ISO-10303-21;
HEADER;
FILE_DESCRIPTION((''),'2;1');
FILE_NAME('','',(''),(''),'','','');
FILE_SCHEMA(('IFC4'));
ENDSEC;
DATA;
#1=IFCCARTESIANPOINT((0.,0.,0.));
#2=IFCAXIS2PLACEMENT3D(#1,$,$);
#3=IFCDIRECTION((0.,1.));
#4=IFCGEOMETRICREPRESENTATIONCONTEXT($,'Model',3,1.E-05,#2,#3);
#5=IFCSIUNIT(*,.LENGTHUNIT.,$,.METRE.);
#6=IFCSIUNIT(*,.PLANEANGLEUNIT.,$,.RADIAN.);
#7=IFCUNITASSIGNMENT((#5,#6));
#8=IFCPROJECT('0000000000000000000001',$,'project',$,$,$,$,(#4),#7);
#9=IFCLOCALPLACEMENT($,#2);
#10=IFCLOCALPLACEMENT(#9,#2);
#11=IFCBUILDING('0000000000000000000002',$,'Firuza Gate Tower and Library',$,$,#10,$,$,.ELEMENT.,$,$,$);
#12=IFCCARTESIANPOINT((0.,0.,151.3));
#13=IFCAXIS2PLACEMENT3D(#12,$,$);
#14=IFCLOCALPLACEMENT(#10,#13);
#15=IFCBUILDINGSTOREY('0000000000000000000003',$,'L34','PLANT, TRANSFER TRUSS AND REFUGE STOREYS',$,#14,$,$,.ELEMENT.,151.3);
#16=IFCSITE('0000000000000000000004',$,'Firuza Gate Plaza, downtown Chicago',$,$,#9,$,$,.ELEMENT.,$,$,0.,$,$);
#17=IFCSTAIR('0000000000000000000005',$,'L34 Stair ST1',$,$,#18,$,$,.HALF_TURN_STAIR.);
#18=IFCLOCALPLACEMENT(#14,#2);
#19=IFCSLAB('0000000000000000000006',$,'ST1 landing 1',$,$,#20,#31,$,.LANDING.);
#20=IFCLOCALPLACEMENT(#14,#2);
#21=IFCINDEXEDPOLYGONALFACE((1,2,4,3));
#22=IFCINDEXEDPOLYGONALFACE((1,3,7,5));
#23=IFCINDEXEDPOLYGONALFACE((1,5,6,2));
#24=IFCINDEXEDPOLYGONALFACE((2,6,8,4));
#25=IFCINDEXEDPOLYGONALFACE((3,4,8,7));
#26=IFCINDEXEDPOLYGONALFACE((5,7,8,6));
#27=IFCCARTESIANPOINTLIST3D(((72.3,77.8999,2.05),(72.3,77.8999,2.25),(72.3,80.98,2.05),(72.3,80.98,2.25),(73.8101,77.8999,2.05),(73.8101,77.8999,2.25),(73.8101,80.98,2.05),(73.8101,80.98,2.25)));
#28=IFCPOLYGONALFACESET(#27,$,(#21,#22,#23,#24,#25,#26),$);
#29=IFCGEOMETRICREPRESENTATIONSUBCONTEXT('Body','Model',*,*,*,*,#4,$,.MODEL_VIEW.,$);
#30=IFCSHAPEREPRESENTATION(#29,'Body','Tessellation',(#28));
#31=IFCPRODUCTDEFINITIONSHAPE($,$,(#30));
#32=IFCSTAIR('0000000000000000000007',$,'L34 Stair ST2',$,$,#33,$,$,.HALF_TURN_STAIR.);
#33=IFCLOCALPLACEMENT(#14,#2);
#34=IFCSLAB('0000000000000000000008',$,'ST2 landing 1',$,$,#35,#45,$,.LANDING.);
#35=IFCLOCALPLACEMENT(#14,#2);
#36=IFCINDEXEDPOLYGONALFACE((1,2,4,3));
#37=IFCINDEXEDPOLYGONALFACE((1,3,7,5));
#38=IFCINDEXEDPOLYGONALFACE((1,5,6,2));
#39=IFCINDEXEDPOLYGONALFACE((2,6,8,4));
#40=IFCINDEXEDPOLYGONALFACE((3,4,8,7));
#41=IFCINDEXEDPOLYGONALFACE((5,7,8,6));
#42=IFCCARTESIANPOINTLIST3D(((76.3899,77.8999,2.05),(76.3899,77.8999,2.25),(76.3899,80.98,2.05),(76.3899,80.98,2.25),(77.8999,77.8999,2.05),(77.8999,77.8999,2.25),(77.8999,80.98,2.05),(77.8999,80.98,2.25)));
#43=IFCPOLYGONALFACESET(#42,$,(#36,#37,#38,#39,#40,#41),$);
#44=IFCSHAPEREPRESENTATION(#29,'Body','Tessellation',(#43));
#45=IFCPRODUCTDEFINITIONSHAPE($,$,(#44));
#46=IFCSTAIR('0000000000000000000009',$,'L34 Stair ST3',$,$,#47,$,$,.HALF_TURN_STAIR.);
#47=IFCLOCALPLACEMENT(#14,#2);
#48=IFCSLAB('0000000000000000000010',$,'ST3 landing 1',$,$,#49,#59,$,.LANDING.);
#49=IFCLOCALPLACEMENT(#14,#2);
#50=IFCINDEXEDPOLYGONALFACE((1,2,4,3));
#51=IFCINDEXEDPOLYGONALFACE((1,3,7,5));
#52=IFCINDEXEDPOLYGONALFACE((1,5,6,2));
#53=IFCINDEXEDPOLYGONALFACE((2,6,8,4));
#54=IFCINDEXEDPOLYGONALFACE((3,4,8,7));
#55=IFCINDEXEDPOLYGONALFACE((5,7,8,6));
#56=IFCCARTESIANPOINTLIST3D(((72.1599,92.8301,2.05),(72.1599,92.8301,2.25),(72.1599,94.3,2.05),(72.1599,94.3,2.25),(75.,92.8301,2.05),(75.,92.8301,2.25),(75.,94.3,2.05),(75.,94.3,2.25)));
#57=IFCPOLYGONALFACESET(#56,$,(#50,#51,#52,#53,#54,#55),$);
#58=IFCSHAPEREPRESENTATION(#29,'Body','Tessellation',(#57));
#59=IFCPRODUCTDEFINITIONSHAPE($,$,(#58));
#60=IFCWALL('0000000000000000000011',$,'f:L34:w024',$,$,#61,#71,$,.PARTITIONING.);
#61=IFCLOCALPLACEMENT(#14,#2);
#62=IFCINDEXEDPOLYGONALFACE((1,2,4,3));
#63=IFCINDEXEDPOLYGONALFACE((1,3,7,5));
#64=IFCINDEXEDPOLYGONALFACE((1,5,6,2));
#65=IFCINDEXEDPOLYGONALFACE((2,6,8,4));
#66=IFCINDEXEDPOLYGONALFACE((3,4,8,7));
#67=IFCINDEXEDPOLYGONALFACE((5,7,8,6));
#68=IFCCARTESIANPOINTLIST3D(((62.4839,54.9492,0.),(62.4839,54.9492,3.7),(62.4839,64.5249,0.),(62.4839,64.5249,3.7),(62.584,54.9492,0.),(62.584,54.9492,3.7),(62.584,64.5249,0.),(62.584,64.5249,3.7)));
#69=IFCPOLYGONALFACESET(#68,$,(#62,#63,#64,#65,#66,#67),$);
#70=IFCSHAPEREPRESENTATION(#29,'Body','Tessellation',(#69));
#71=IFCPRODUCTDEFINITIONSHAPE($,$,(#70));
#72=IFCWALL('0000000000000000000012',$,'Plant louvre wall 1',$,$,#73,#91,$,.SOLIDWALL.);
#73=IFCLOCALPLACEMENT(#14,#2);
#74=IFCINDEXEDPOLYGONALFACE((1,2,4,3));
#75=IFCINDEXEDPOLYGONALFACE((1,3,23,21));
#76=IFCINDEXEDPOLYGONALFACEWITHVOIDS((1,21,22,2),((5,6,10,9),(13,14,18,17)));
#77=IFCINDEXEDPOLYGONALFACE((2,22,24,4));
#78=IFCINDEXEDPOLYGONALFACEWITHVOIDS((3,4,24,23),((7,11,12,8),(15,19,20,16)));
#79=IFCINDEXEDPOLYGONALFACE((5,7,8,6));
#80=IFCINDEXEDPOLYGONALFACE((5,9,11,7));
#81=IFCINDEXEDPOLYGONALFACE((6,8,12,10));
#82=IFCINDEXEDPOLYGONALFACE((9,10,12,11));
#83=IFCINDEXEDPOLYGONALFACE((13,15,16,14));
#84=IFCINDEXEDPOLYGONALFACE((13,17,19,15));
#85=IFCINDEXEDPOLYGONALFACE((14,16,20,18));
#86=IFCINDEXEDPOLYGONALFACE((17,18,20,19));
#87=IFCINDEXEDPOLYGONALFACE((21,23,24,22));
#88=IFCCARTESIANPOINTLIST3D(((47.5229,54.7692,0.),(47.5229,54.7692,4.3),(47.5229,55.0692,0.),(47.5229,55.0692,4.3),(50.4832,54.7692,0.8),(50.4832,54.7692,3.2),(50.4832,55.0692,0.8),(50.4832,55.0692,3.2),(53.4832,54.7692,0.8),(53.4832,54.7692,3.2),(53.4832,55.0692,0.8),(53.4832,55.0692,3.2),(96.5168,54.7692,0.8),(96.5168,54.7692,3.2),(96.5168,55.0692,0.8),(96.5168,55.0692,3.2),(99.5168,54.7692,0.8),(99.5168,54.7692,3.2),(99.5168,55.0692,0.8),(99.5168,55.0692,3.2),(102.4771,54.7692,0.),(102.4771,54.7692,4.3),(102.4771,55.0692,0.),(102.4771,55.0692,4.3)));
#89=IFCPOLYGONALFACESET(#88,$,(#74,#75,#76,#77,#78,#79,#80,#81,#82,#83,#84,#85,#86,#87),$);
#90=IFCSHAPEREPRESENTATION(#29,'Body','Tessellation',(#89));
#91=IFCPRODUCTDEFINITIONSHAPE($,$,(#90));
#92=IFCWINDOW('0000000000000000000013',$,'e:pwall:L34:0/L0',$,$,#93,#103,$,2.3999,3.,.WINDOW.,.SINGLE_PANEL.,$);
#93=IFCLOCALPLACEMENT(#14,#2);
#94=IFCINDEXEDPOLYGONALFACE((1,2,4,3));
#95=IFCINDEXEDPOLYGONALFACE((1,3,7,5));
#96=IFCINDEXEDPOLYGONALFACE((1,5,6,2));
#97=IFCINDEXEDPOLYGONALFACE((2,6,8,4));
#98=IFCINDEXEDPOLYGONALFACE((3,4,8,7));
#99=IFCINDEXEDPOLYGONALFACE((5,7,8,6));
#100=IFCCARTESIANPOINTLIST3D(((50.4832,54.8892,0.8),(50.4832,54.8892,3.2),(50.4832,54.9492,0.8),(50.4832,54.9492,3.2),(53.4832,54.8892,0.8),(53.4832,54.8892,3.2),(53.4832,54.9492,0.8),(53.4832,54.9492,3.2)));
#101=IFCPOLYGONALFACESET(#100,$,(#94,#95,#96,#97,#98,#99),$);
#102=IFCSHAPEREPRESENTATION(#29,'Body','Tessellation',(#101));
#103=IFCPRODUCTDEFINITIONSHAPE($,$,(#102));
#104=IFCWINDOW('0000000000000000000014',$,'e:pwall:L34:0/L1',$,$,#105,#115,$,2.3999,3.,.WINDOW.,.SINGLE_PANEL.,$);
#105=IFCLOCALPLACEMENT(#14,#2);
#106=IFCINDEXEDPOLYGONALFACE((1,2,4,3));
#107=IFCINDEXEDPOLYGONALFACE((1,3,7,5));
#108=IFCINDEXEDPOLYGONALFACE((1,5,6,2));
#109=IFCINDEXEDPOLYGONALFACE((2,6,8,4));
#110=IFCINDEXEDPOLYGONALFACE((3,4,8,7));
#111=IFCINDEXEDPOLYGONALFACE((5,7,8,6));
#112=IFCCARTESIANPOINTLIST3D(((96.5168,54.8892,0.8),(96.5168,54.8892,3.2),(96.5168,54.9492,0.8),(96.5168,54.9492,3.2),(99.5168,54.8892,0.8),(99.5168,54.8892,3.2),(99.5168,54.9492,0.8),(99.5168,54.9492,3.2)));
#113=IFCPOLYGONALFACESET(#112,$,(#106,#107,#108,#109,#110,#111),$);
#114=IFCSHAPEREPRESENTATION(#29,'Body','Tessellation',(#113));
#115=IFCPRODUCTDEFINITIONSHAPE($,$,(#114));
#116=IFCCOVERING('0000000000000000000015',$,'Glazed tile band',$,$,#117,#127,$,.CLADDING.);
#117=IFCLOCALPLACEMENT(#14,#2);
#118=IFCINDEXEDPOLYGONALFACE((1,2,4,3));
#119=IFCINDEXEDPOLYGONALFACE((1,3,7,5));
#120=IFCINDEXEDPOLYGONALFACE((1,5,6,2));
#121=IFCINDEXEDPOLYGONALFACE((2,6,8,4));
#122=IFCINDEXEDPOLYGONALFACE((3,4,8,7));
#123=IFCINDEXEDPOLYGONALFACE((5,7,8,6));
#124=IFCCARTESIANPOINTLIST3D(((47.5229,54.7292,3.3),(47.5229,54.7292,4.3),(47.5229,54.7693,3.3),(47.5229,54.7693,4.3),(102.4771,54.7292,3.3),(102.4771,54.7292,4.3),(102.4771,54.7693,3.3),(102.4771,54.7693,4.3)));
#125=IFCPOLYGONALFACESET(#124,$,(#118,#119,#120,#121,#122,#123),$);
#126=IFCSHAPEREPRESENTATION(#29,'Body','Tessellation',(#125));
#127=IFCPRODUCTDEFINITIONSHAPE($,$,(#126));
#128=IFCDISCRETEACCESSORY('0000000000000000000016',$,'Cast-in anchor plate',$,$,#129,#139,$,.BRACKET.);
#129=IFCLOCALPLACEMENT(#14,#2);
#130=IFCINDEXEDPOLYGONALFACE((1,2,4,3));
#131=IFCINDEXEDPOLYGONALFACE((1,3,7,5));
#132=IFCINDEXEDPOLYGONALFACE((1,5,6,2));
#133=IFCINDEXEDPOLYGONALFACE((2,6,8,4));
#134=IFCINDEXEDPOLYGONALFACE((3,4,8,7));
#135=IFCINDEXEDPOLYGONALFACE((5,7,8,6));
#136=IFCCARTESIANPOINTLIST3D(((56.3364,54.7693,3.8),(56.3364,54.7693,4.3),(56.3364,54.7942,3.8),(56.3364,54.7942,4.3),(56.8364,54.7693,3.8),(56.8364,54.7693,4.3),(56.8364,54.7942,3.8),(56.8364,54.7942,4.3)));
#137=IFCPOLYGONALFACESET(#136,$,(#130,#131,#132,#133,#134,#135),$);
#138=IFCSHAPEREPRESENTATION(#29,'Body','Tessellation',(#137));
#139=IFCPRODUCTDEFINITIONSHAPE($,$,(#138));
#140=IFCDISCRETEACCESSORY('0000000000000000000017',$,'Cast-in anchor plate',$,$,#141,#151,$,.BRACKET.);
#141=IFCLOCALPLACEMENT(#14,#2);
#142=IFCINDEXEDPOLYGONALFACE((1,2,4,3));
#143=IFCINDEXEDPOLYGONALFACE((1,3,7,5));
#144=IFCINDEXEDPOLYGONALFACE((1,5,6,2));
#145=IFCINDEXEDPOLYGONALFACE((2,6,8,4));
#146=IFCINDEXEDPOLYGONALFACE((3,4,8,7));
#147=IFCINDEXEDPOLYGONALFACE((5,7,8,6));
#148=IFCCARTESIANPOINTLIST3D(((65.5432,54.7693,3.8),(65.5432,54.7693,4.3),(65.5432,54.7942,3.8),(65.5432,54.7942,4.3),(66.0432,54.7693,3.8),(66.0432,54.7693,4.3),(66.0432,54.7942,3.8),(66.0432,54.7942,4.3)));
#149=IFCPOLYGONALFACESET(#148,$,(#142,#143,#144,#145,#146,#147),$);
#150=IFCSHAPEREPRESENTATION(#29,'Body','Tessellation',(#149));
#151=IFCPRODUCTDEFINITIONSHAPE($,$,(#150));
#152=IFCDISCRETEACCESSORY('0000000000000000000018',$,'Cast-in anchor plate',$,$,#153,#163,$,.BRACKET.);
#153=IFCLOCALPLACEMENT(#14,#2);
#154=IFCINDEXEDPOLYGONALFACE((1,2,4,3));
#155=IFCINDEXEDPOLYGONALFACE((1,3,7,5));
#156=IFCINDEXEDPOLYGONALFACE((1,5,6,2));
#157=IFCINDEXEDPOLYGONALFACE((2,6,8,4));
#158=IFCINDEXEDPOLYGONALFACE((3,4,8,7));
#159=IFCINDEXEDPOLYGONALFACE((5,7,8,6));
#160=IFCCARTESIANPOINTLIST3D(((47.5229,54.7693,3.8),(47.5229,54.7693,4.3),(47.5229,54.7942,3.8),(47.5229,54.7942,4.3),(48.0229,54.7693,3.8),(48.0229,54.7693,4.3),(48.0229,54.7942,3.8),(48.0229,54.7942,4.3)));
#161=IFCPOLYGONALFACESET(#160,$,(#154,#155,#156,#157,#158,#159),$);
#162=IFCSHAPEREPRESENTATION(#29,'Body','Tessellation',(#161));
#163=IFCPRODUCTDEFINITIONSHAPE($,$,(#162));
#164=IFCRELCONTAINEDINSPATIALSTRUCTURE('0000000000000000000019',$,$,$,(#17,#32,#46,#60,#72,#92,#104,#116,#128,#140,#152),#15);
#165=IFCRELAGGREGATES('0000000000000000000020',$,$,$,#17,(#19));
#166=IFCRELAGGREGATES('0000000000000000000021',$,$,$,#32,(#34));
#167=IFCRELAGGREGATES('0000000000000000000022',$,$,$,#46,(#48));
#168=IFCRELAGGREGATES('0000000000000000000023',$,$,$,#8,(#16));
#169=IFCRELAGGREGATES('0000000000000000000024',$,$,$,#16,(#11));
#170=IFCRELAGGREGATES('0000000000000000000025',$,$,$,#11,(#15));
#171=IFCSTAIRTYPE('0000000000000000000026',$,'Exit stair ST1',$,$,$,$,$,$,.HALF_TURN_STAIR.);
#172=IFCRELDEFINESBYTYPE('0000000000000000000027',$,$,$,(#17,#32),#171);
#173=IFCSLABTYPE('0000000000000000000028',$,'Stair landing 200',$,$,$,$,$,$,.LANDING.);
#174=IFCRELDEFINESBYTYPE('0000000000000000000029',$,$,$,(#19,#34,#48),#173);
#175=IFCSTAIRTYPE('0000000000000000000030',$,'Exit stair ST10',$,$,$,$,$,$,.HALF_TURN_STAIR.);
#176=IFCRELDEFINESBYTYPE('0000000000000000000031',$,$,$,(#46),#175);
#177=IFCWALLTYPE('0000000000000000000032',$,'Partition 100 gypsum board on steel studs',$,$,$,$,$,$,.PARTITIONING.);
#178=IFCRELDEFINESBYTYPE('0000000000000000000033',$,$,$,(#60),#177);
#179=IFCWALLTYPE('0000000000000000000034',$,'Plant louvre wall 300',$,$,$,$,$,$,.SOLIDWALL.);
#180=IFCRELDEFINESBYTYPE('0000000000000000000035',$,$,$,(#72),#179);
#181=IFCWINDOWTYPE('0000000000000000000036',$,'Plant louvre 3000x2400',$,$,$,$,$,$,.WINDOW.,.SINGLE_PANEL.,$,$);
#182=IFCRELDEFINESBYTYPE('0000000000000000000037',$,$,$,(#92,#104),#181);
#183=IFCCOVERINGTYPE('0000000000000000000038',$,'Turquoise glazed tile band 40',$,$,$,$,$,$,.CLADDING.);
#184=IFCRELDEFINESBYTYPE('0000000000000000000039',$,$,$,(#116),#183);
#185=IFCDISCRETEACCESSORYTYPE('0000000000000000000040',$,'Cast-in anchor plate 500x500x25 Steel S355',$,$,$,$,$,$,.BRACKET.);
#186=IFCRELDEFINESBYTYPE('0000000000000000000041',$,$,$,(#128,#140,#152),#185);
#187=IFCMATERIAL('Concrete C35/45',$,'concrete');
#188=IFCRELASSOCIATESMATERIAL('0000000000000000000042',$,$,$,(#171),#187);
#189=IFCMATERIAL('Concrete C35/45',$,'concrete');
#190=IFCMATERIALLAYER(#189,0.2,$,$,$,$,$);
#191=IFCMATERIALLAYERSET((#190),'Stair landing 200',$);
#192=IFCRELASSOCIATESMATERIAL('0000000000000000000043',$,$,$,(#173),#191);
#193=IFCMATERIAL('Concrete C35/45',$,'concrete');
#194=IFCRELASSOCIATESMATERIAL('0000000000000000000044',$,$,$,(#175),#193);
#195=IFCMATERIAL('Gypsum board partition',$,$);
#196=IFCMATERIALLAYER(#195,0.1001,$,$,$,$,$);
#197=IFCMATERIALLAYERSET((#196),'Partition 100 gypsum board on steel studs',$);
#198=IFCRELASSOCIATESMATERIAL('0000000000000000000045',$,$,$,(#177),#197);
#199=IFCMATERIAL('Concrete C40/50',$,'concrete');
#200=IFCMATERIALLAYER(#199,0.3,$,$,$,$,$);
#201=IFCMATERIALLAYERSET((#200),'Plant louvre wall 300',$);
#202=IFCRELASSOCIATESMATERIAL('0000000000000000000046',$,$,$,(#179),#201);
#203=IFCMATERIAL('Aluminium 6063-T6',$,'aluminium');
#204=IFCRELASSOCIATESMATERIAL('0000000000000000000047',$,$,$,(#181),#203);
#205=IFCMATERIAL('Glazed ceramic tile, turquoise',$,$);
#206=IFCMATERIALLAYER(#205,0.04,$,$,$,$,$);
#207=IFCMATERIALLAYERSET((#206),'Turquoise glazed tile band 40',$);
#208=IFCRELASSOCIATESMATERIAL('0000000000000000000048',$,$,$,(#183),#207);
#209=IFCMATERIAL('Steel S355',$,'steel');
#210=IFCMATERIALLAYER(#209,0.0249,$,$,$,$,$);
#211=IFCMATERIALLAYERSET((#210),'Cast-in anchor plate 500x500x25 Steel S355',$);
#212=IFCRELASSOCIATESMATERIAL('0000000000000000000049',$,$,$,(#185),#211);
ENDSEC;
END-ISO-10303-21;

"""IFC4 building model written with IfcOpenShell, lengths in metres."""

from ifc_helpers import new_model, si_unit, direction, frame, frame_2d, origin, origin_2d, place, context, subcontext, project, spatial, polyline, rectangle, outline, extrude, material, layer, layer_set, type_object, element, fill, aggregate, save


model = new_model("IFC4")

# Units and contexts
model_context = context("Model", 3, precision=1e-05, world=origin(), true_north=direction((0.0, 1.0)))
body_context = subcontext(model_context, "Body", "Model", "MODEL_VIEW")
ifc_project = project(units=[si_unit("LENGTHUNIT", "METRE"), si_unit("PLANEANGLEUNIT", "RADIAN")], contexts=[model_context])

# Site, building, storey
site_placement = place(None, origin())
site = spatial("IfcSite", under=ifc_project, at=site_placement, Name="Firuza Gate Plaza, downtown Chicago", CompositionType="ELEMENT", RefElevation=0.0)
building_placement = place(site_placement, origin())
building = spatial("IfcBuilding", under=site, at=building_placement, Name="Firuza Gate Tower and Library", CompositionType="ELEMENT")
storey_placement = place(building_placement, frame((0.0, 0.0, 151.3)))
storey = spatial("IfcBuildingStorey", under=building, at=storey_placement, Name="L34", Description="PLANT, TRANSFER TRUSS AND REFUGE STOREYS", CompositionType="ELEMENT", Elevation=151.3)

# Stairs, slabs
ifc_material_1 = material(Name="Concrete C35/45", Category="concrete")
stair_type_1 = type_object("IfcStairType", Name="Exit stair ST1", PredefinedType="HALF_TURN_STAIR", material=ifc_material_1)
placement_1 = place(storey_placement, origin())
stair_1 = element("IfcStair", 1, at=placement_1, inside=storey, type_object=stair_type_1, Name="L34 Stair ST1", PredefinedType="HALF_TURN_STAIR")
ifc_material_2 = material(Name="Concrete C35/45", Category="concrete")
ifc_layer_1 = layer(ifc_material_2, 0.2)
ifc_layer_set_1 = layer_set([ifc_layer_1], Name="Stair landing 200")
slab_type_1 = type_object("IfcSlabType", Name="Stair landing 200", PredefinedType="LANDING", material=ifc_layer_set_1)
placement_2 = place(storey_placement, frame((0.0, 0.0, 2.05)))
slab_1 = element("IfcSlab", 2, at=placement_2, type_object=slab_type_1, Name="ST1 landing 1", PredefinedType="LANDING", context=body_context, shape_type="SweptSolid", body=[
    extrude(outline(polyline([(72.3, 77.8999), (73.8101, 77.8999), (73.8101, 80.98), (72.3, 80.98), (72.3, 77.8999)])), origin(), (0.0, 0.0, 1.0), 0.2),
])
aggregate(stair_1, [slab_1])
stair_2 = element("IfcStair", 3, at=placement_1, inside=storey, type_object=stair_type_1, Name="L34 Stair ST2", PredefinedType="HALF_TURN_STAIR")
slab_2 = element("IfcSlab", 4, at=placement_2, type_object=slab_type_1, Name="ST2 landing 1", PredefinedType="LANDING", context=body_context, shape_type="SweptSolid", body=[
    extrude(outline(polyline([(77.8999, 80.98), (76.3899, 80.98), (76.3899, 77.8999), (77.8999, 77.8999), (77.8999, 80.98)])), origin(), (0.0, 0.0, 1.0), 0.2),
])
aggregate(stair_2, [slab_2])
ifc_material_3 = material(Name="Concrete C35/45", Category="concrete")
stair_type_2 = type_object("IfcStairType", Name="Exit stair ST10", PredefinedType="HALF_TURN_STAIR", material=ifc_material_3)
stair_3 = element("IfcStair", 5, at=placement_1, inside=storey, type_object=stair_type_2, Name="L34 Stair ST3", PredefinedType="HALF_TURN_STAIR")
slab_3 = element("IfcSlab", 6, at=placement_2, type_object=slab_type_1, Name="ST3 landing 1", PredefinedType="LANDING", context=body_context, shape_type="SweptSolid", body=[
    extrude(outline(polyline([(75.0, 92.8301), (75.0, 94.3), (72.1599, 94.3), (72.1599, 92.8301), (75.0, 92.8301)])), origin(), (0.0, 0.0, 1.0), 0.2),
])
aggregate(stair_3, [slab_3])

# Wall
ifc_material_4 = material(Name="Gypsum board partition")
ifc_layer_2 = layer(ifc_material_4, 0.1001)
ifc_layer_set_2 = layer_set([ifc_layer_2], Name="Partition 100 gypsum board on steel studs")
wall_type_1 = type_object("IfcWallType", Name="Partition 100 gypsum board on steel studs", PredefinedType="PARTITIONING", material=ifc_layer_set_2)
wall_1_placement = place(storey_placement, frame((62.5339, 54.9492, 0.0), z_axis=(0.0, 0.0, 1.0), x_axis=(0.0, 1.0, 0.0)))
element("IfcWall", 7, at=wall_1_placement, inside=storey, type_object=wall_type_1, Name="f:L34:w024", PredefinedType="PARTITIONING", context=body_context, shape_type="SweptSolid", body=[
    extrude(rectangle(XDim=9.5757, YDim=0.1001, at=frame_2d((4.7878, 0.0))), origin(), (0.0, 0.0, 1.0), 3.7),
])

# Wall, openings, windows
ifc_material_5 = material(Name="Concrete C40/50", Category="concrete")
ifc_layer_3 = layer(ifc_material_5, 0.3)
ifc_layer_set_3 = layer_set([ifc_layer_3], Name="Plant louvre wall 300")
wall_type_2 = type_object("IfcWallType", Name="Plant louvre wall 300", PredefinedType="SOLIDWALL", material=ifc_layer_set_3)
wall_2_placement = place(storey_placement, frame((47.5229, 54.9192, 0.0), z_axis=(0.0, 0.0, 1.0), x_axis=(1.0, 0.0, 0.0)))
wall_2 = element("IfcWall", 8, at=wall_2_placement, inside=storey, type_object=wall_type_2, Name="Plant louvre wall 1", PredefinedType="SOLIDWALL", context=body_context, shape_type="SweptSolid", body=[
    extrude(rectangle(XDim=54.9541, YDim=0.3, at=frame_2d((27.4771, 0.0))), origin(), (0.0, 0.0, 1.0), 4.3),
])
opening_1_placement = place(wall_2_placement, frame((2.9602, 0.0, 0.8)))
opening_1 = element("IfcOpeningElement", 9, at=opening_1_placement, cuts=wall_2, PredefinedType="OPENING", context=body_context, shape_type="SweptSolid", body=[
    extrude(rectangle(XDim=3.0, YDim=2.3999, at=frame_2d((1.5, 1.2))), frame((0.0, 0.1602, 0.0), z_axis=(0.0, -1.0, 0.0), x_axis=(1.0, 0.0, 0.0)), (0.0, 0.0, 1.0), 0.3201),
])
opening_2_placement = place(wall_2_placement, frame((48.9939, 0.0, 0.8)))
opening_2 = element("IfcOpeningElement", 10, at=opening_2_placement, cuts=wall_2, PredefinedType="OPENING", context=body_context, shape_type="SweptSolid", body=[
    extrude(rectangle(XDim=3.0, YDim=2.3999, at=frame_2d((1.5, 1.2))), frame((0.0, 0.1602, 0.0), z_axis=(0.0, -1.0, 0.0), x_axis=(1.0, 0.0, 0.0)), (0.0, 0.0, 1.0), 0.3201),
])
ifc_material_6 = material(Name="Aluminium 6063-T6", Category="aluminium")
window_type = type_object("IfcWindowType", Name="Plant louvre 3000x2400", PartitioningType="SINGLE_PANEL", PredefinedType="WINDOW", material=ifc_material_6)
window_1_placement = place(opening_1_placement, origin())
window_1 = element("IfcWindow", 11, at=window_1_placement, inside=storey, type_object=window_type, Name="e:pwall:L34:0/L0", OverallHeight=2.3999, OverallWidth=3.0, PartitioningType="SINGLE_PANEL", PredefinedType="WINDOW", context=body_context, shape_type="SweptSolid", body=[
    extrude(rectangle(XDim=3.0, YDim=2.3999, at=frame_2d((1.5, 1.2))), frame((0.0, 0.03, 0.0), z_axis=(0.0, -1.0, 0.0), x_axis=(1.0, 0.0, 0.0)), (0.0, 0.0, 1.0), 0.0601),
])
fill(opening_1, window_1)
window_2_placement = place(opening_2_placement, origin())
window_2 = element("IfcWindow", 12, at=window_2_placement, inside=storey, type_object=window_type, Name="e:pwall:L34:0/L1", OverallHeight=2.3999, OverallWidth=3.0, PartitioningType="SINGLE_PANEL", PredefinedType="WINDOW", context=body_context, shape_type="SweptSolid", body=[
    extrude(rectangle(XDim=3.0, YDim=2.3999, at=frame_2d((1.5, 1.2))), frame((0.0, 0.03, 0.0), z_axis=(0.0, -1.0, 0.0), x_axis=(1.0, 0.0, 0.0)), (0.0, 0.0, 1.0), 0.0601),
])
fill(opening_2, window_2)

# Covering
ifc_material_7 = material(Name="Glazed ceramic tile, turquoise")
ifc_layer_4 = layer(ifc_material_7, 0.04)
ifc_layer_set_4 = layer_set([ifc_layer_4], Name="Turquoise glazed tile band 40")
covering_type = type_object("IfcCoveringType", Name="Turquoise glazed tile band 40", PredefinedType="CLADDING", material=ifc_layer_set_4)
covering_placement = place(storey_placement, frame((47.5229, 54.7292, 3.3), z_axis=(0.0, -1.0, 0.0), x_axis=(1.0, 0.0, 0.0)))
element("IfcCovering", 13, at=covering_placement, inside=storey, type_object=covering_type, Name="Glazed tile band", PredefinedType="CLADDING", context=body_context, shape_type="SweptSolid", body=[
    extrude(outline(polyline([(0.0, 0.0), (54.9541, 0.0), (54.9541, 1.0), (0.0, 1.0), (0.0, 0.0)])), origin(), (0.0, 0.0, -1.0), 0.04),
])

# Discrete accessories
ifc_material_8 = material(Name="Steel S355", Category="steel")
ifc_layer_5 = layer(ifc_material_8, 0.0249)
ifc_layer_set_5 = layer_set([ifc_layer_5], Name="Cast-in anchor plate 500x500x25 Steel S355")
discrete_accessory_type = type_object("IfcDiscreteAccessoryType", Name="Cast-in anchor plate 500x500x25 Steel S355", PredefinedType="BRACKET", material=ifc_layer_set_5)
for number, where, z_axis, x_axis, name in (
    (14, (56.5864, 54.7817, 3.8), (0.0, 0.0, 1.0), (1.0, 0.0, 0.0), "Cast-in anchor plate"),
    (15, (65.7932, 54.7817, 3.8), (0.0, 0.0, 1.0), (1.0, 0.0, 0.0), "Cast-in anchor plate"),
    (16, (47.7729, 54.7817, 3.8), (0.0, 0.0, 1.0), (1.0, 0.0, 0.0), "Cast-in anchor plate"),
):
    element("IfcDiscreteAccessory", number, at=place(storey_placement, frame(where, z_axis=z_axis, x_axis=x_axis)), inside=storey, type_object=discrete_accessory_type, Name=name, PredefinedType="BRACKET", context=body_context, shape_type="SweptSolid", body=[
        extrude(rectangle(XDim=0.5, YDim=0.0249, at=origin_2d()), origin(), (0.0, 0.0, 1.0), 0.5),
    ])

save(model, "model.ifc")
